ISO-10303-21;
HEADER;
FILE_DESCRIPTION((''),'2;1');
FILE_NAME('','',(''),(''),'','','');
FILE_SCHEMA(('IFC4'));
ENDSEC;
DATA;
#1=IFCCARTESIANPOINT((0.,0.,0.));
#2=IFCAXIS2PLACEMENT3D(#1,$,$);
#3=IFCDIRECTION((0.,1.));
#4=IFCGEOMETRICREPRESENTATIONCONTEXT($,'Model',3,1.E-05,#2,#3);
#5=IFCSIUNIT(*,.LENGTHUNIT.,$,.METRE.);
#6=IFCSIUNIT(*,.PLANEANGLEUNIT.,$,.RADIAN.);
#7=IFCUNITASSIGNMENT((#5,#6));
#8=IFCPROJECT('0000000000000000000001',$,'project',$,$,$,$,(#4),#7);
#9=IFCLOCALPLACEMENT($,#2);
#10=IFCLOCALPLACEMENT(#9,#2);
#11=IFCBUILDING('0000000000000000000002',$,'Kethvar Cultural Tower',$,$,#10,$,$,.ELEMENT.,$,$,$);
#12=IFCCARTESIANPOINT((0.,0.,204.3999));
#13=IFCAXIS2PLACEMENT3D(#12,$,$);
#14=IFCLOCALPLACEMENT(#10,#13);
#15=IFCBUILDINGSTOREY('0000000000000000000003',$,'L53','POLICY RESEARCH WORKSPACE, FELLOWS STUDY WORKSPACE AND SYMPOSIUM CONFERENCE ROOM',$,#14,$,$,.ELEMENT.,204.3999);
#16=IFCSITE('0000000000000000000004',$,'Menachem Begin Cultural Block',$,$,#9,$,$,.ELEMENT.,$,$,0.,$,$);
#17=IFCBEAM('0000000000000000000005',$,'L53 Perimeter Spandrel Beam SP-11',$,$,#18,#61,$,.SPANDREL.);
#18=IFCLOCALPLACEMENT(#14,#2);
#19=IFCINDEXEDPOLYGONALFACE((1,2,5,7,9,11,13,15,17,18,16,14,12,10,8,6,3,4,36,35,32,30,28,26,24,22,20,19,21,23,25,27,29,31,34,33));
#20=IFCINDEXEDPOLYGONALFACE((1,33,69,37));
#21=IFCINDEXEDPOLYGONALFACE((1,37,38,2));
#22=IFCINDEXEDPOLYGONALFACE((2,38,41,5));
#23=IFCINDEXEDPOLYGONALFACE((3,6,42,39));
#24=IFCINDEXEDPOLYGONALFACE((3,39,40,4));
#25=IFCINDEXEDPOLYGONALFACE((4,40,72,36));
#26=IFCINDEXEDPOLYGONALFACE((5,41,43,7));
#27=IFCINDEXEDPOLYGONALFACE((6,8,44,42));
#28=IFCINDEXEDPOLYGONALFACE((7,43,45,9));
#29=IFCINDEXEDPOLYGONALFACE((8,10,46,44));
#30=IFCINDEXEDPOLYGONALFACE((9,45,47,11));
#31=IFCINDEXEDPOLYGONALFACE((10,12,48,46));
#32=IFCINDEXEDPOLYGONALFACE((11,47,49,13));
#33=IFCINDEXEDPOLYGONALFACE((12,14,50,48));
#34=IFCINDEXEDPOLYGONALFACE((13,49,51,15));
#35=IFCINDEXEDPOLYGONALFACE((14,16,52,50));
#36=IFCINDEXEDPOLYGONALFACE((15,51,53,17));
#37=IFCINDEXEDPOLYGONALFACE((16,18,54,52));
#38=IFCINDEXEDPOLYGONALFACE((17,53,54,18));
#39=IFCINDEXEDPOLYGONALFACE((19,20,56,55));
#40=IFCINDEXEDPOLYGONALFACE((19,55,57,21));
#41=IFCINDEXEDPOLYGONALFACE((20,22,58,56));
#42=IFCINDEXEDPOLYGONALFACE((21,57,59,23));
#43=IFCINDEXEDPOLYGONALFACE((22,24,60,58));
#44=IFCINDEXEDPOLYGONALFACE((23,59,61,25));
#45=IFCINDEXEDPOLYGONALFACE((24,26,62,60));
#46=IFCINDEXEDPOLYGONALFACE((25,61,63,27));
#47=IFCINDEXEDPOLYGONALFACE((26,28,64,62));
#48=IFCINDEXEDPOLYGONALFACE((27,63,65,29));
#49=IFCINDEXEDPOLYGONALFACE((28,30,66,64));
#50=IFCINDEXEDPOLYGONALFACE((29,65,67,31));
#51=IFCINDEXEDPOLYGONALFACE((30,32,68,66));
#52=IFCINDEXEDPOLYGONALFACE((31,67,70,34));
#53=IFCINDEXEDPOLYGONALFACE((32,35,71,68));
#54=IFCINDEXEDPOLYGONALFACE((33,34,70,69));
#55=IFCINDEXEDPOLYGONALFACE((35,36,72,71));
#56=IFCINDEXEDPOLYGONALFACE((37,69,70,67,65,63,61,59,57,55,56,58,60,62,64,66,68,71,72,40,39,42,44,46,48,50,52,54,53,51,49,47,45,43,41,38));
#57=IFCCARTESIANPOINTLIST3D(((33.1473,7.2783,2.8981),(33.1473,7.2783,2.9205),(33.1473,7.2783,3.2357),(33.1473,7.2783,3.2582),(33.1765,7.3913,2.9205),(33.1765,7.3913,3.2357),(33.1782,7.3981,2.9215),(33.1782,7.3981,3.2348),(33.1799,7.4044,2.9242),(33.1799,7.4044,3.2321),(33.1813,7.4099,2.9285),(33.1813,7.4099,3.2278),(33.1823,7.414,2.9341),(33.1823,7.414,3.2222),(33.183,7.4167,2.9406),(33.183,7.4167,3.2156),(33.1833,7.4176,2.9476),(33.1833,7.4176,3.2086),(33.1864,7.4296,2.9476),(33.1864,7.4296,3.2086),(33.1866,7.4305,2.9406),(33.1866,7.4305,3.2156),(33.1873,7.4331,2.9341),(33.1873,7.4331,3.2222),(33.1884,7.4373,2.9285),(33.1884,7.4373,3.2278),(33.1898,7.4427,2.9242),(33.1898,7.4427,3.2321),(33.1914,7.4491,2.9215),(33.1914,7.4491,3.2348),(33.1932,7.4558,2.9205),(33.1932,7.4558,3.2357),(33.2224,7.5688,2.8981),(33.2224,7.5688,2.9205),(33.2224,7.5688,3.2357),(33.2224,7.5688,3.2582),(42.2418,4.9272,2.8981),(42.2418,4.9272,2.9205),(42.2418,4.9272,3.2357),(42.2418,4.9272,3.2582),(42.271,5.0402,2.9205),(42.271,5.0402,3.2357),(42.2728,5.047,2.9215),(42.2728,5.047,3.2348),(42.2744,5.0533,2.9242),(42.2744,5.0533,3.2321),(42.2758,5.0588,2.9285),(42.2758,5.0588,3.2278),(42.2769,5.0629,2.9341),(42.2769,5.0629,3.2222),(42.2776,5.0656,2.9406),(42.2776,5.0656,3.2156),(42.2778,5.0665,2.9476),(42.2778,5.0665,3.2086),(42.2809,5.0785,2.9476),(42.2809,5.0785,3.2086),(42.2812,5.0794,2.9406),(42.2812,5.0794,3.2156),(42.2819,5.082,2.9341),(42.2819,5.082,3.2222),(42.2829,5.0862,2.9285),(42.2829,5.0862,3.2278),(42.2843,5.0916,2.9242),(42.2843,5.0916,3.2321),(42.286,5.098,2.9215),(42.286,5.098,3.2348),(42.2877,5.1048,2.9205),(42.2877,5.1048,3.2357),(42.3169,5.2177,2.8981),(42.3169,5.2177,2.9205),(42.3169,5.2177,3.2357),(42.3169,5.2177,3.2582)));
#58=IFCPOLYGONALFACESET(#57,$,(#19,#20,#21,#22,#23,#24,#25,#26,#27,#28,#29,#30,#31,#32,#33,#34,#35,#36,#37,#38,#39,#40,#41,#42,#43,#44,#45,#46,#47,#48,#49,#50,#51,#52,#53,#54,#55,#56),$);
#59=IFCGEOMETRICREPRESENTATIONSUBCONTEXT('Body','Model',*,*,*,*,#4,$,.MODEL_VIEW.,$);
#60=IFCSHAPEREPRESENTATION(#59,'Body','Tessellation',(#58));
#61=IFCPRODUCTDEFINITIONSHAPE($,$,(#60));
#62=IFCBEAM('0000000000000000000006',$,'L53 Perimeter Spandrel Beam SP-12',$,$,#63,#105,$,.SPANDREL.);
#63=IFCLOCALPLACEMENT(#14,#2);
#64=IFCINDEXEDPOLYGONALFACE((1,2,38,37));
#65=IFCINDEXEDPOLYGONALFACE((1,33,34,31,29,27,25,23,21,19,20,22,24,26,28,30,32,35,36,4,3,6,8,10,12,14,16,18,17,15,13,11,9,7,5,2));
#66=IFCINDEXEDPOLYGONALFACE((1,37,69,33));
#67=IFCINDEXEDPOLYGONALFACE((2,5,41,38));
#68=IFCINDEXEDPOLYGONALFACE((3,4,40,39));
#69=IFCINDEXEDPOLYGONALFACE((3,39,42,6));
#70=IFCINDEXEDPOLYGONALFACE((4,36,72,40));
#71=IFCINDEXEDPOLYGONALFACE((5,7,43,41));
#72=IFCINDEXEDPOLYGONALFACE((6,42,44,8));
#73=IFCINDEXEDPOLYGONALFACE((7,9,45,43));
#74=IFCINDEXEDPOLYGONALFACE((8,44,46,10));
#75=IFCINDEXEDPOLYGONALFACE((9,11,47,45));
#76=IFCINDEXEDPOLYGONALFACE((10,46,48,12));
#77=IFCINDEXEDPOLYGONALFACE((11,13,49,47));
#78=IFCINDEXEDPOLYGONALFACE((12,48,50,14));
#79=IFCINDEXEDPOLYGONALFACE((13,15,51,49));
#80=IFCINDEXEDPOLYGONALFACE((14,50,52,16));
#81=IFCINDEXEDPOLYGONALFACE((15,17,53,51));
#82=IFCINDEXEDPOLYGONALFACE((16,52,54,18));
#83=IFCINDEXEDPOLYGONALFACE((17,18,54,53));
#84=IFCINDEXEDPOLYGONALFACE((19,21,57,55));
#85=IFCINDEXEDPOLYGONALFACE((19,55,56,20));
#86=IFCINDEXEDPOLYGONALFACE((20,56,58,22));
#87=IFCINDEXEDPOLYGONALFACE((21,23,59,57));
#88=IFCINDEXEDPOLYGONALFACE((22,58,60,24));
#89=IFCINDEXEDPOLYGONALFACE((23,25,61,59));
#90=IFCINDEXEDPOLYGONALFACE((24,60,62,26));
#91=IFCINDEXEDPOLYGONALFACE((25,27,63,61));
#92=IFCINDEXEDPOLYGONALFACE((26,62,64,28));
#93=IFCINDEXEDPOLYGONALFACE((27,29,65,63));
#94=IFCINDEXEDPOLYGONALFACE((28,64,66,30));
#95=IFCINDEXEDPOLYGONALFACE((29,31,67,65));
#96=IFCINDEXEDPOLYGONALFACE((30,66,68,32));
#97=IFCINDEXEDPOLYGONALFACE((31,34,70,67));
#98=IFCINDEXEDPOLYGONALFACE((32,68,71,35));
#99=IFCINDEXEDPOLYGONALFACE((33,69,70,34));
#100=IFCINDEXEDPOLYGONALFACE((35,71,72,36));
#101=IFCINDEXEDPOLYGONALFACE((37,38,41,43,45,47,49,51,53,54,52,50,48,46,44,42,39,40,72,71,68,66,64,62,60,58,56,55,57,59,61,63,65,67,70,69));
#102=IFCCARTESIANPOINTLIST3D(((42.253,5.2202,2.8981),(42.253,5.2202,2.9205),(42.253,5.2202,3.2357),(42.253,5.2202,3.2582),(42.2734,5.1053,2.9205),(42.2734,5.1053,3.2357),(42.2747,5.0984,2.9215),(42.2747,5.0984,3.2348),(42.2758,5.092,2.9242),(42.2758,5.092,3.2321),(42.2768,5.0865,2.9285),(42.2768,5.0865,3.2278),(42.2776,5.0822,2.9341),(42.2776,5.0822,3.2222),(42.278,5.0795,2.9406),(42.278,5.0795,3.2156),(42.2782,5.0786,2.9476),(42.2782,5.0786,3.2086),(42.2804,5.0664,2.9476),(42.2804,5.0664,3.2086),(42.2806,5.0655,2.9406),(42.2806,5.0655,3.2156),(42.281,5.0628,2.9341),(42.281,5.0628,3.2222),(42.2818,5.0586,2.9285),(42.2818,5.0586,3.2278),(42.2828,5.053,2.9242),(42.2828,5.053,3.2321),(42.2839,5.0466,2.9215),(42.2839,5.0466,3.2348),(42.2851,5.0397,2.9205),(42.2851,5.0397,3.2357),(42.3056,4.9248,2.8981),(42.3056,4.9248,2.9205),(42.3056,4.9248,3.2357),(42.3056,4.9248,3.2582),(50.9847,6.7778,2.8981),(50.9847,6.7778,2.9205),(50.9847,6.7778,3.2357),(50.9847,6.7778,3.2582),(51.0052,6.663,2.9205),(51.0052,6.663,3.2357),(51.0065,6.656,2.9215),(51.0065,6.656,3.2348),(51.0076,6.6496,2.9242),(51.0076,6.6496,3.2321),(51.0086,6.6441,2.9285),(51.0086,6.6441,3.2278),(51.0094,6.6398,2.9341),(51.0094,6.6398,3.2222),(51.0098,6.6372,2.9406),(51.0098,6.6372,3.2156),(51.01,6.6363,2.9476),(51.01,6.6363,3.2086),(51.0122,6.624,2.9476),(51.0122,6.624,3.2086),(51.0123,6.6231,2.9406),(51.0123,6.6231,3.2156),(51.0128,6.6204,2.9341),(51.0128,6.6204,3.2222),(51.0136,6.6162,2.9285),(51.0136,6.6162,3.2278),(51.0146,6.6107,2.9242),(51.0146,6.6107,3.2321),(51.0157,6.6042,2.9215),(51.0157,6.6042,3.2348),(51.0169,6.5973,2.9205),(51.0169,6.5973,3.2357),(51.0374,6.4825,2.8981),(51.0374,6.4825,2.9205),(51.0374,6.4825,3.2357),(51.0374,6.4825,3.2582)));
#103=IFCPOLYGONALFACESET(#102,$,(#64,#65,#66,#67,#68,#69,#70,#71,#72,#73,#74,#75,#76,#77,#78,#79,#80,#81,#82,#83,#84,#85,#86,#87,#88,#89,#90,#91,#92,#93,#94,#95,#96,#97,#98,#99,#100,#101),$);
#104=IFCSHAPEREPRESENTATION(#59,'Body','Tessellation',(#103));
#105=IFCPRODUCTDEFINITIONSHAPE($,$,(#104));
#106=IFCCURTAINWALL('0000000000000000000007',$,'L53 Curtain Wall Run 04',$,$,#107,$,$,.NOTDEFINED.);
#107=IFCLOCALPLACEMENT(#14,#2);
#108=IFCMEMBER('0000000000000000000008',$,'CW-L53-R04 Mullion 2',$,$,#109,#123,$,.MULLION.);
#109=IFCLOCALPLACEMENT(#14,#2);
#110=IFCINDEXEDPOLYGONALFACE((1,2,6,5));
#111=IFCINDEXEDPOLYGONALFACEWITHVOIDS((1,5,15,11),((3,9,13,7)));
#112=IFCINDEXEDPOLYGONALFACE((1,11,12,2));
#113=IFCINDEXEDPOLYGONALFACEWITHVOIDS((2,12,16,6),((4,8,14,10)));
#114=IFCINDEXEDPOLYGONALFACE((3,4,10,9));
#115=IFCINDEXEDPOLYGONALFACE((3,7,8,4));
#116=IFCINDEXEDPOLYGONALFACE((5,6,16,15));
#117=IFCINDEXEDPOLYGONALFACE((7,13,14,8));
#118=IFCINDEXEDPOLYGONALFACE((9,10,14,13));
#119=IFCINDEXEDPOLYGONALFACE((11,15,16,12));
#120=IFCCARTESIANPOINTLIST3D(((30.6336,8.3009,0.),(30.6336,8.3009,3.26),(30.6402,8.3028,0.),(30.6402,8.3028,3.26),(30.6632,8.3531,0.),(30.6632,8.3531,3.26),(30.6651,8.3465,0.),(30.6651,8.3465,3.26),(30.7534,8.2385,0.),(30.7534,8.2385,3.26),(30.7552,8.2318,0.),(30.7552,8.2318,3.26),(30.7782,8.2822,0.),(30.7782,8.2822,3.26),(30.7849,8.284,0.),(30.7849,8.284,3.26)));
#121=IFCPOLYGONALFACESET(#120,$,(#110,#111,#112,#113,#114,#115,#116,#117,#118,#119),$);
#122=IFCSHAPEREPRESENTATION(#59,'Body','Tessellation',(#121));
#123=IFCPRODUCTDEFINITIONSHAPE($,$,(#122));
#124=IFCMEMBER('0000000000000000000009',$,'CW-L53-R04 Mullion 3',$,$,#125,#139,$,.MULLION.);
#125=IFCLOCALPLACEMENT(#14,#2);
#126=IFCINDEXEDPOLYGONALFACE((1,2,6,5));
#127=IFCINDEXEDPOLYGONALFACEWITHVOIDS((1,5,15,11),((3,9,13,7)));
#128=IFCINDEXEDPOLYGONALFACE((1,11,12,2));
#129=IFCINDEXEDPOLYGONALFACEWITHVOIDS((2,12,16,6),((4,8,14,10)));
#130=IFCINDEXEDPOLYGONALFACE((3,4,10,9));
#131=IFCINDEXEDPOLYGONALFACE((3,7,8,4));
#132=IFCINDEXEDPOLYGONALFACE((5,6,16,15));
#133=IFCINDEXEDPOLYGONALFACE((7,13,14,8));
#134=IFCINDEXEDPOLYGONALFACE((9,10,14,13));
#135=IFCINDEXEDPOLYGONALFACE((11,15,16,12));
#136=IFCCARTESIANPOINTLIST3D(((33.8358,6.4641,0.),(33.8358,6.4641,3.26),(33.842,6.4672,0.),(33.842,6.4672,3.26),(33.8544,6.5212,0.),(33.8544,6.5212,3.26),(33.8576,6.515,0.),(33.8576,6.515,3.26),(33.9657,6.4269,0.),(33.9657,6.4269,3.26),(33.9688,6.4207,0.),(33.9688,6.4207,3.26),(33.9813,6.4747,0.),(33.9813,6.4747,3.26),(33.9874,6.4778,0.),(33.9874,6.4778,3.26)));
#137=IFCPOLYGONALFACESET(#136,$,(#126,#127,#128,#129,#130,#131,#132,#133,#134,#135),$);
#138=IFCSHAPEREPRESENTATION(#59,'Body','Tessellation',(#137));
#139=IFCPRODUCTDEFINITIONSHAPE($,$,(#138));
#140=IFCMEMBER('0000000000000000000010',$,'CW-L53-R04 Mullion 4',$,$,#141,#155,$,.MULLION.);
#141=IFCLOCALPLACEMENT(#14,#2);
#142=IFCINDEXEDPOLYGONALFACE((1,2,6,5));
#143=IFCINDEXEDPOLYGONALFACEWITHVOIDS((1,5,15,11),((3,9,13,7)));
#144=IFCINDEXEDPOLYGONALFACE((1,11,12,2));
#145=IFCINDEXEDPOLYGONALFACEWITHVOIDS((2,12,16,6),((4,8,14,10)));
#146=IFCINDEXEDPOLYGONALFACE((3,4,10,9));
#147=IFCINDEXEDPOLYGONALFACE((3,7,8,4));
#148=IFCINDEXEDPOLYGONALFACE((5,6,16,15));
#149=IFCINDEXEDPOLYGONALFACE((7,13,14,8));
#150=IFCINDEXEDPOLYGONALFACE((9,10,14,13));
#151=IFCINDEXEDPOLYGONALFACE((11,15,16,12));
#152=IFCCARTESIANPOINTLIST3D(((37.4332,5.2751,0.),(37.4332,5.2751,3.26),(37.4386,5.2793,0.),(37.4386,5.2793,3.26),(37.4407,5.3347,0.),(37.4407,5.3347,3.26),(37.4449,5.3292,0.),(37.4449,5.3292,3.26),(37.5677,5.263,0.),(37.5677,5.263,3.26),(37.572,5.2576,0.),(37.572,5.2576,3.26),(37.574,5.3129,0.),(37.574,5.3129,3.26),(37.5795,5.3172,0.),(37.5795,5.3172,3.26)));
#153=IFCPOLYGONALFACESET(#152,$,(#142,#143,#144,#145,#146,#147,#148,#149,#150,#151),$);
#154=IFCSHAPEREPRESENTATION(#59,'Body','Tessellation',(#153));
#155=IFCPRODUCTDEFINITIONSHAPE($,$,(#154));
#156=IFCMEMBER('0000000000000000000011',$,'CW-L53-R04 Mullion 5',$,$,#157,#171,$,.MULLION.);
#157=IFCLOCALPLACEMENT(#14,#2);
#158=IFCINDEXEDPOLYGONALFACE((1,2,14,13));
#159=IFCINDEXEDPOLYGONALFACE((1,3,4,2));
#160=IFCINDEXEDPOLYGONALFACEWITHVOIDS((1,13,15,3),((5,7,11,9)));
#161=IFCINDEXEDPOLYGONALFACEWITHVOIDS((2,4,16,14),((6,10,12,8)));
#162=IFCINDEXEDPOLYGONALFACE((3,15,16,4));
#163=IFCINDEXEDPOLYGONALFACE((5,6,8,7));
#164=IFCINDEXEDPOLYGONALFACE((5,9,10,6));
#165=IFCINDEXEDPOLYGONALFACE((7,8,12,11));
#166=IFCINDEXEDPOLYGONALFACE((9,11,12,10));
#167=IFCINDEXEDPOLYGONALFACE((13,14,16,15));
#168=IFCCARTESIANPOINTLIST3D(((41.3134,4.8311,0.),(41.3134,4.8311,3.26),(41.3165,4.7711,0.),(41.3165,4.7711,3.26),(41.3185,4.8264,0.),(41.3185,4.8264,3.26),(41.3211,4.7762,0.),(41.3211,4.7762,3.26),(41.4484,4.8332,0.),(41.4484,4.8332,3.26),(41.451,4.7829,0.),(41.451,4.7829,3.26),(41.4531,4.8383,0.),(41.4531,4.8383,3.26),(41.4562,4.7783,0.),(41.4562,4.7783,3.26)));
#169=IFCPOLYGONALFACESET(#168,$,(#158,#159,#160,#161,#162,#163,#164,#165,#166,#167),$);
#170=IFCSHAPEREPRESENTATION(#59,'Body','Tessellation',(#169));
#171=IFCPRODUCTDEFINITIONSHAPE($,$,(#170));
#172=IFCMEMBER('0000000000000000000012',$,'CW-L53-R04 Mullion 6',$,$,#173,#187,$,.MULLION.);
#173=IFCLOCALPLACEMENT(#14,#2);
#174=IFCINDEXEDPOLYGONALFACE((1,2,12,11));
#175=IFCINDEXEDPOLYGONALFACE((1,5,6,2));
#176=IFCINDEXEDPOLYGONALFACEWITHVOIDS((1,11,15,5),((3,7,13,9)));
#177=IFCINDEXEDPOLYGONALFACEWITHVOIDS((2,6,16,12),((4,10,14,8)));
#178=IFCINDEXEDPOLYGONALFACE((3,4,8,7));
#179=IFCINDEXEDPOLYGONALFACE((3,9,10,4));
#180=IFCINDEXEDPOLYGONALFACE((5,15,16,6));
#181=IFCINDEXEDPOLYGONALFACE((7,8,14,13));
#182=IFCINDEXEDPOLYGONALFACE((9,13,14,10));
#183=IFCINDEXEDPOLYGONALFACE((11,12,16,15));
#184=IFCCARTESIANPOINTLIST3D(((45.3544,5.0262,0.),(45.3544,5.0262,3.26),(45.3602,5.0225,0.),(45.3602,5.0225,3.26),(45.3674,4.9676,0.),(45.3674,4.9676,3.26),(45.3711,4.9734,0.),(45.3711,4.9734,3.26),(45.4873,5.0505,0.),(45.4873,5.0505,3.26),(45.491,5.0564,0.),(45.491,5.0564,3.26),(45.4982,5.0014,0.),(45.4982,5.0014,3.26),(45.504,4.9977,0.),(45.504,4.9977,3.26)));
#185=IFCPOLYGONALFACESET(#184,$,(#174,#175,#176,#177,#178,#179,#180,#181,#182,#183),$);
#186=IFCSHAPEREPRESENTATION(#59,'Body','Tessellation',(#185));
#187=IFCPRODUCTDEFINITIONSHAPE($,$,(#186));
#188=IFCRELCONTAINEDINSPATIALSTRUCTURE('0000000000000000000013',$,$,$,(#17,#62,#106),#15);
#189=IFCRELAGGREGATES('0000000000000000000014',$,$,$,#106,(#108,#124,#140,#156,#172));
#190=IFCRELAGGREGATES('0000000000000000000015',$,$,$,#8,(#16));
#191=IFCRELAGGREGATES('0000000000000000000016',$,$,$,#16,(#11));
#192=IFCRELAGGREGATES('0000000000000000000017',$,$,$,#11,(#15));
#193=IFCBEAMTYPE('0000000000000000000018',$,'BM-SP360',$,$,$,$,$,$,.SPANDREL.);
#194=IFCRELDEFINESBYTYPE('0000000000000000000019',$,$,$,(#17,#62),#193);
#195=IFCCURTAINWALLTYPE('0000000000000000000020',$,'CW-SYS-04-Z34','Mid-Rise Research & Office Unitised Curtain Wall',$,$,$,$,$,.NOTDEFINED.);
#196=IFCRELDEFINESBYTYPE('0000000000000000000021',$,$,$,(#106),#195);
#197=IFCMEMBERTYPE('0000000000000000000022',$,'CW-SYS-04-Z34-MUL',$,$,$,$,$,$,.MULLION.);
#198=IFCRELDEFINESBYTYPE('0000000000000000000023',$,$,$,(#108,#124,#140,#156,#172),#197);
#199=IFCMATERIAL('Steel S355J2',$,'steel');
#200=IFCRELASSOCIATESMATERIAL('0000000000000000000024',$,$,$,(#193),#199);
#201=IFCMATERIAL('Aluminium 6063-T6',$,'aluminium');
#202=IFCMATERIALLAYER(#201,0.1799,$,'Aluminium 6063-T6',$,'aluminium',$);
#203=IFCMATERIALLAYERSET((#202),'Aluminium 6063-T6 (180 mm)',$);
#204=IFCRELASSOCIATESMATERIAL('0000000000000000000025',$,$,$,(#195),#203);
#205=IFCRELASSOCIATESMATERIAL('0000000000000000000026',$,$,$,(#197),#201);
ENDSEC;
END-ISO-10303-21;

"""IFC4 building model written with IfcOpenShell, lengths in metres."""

from ifc_helpers import new_model, si_unit, direction, frame, origin, origin_2d, place, context, subcontext, project, spatial, hollow_rectangle, i_section, extrude, source, transform, mapped, material, layer, layer_set, material_profile, profile_set, type_object, element, aggregate, save


model = new_model("IFC4")

# Units and contexts
model_context = context("Model", 3, precision=1e-05, world=origin(), true_north=direction((0.0, 1.0)))
body_context = subcontext(model_context, "Body", "Model", "MODEL_VIEW")
ifc_project = project(units=[si_unit("LENGTHUNIT", "METRE"), si_unit("PLANEANGLEUNIT", "RADIAN")], contexts=[model_context])

# Site, building, storey
site_placement = place(None, origin())
site = spatial("IfcSite", under=ifc_project, at=site_placement, Name="Menachem Begin Cultural Block", CompositionType="ELEMENT", RefElevation=0.0)
building_placement = place(site_placement, origin())
building = spatial("IfcBuilding", under=site, at=building_placement, Name="Kethvar Cultural Tower", CompositionType="ELEMENT")
storey_placement = place(building_placement, frame((0.0, 0.0, 204.3999)))
storey = spatial("IfcBuildingStorey", under=building, at=storey_placement, Name="L53", Description="POLICY RESEARCH WORKSPACE, FELLOWS STUDY WORKSPACE AND SYMPOSIUM CONFERENCE ROOM", CompositionType="ELEMENT", Elevation=204.3999)

# Beams
ifc_material_1 = material(Name="Steel S355J2", Category="steel")
ifc_material_profile_1 = material_profile(ifc_material_1, i_section(OverallWidth=0.3, OverallDepth=0.3601, WebThickness=0.0125, FlangeThickness=0.0225, FilletRadius=0.0271, at=origin_2d()), Name="Steel S355J2 — HEB360")
ifc_profile_set_1 = profile_set([ifc_material_profile_1], Name="Steel S355J2 — HEB360")
beam_type_1 = type_object("IfcBeamType", Name="BM-SP360", PredefinedType="SPANDREL", material=ifc_profile_set_1)
shared_shape_1 = source(origin(), body_context, "Body", "SweptSolid", [
    extrude(i_section(OverallWidth=0.3, OverallDepth=0.3601, WebThickness=0.0125, FlangeThickness=0.0225, FilletRadius=0.0271, at=origin_2d()), origin(), (0.0, 0.0, 1.0), 9.3936),
])
beam_1_placement = place(storey_placement, frame((33.1848, 7.4236, 3.0781), z_axis=(0.968171, -0.250288, 0.0), x_axis=(0.250288, 0.968171, 0.0)))
element("IfcBeam", 1, at=beam_1_placement, inside=storey, type_object=beam_type_1, Name="L53 Perimeter Spandrel Beam SP-11", PredefinedType="SPANDREL", context=body_context, shape_type="MappedRepresentation", body=[
    mapped(shared_shape_1, transform((0.0, 0.0, 0.0), scale=1.0)),
])
shared_shape_2 = source(origin(), body_context, "Body", "SweptSolid", [
    extrude(i_section(OverallWidth=0.3, OverallDepth=0.3601, WebThickness=0.0125, FlangeThickness=0.0225, FilletRadius=0.0271, at=origin_2d()), origin(), (0.0, 0.0, 1.0), 8.8696),
])
beam_2_placement = place(storey_placement, frame((42.2793, 5.0725, 3.0781), z_axis=(0.984459, 0.175614, 0.0), x_axis=(-0.175614, 0.984459, 0.0)))
element("IfcBeam", 2, at=beam_2_placement, inside=storey, type_object=beam_type_1, Name="L53 Perimeter Spandrel Beam SP-12", PredefinedType="SPANDREL", context=body_context, shape_type="MappedRepresentation", body=[
    mapped(shared_shape_2, transform((0.0, 0.0, 0.0), scale=1.0)),
])

# Curtain wall, members
ifc_material_2 = material(Name="Aluminium 6063-T6", Category="aluminium")
ifc_layer_1 = layer(ifc_material_2, 0.1799, Name="Aluminium 6063-T6", Category="aluminium")
ifc_layer_set_1 = layer_set([ifc_layer_1], Name="Aluminium 6063-T6 (180 mm)")
curtain_wall_type = type_object("IfcCurtainWallType", Name="CW-SYS-04-Z34", Description="Mid-Rise Research & Office Unitised Curtain Wall", PredefinedType="NOTDEFINED", material=ifc_layer_set_1)
curtain_wall_placement = place(storey_placement, origin())
curtain_wall = element("IfcCurtainWall", 3, at=curtain_wall_placement, inside=storey, type_object=curtain_wall_type, Name="L53 Curtain Wall Run 04", PredefinedType="NOTDEFINED")
ifc_material_profile_2 = material_profile(ifc_material_2, hollow_rectangle(XDim=0.0601, YDim=0.1399, WallThickness=0.0049, at=origin_2d()), Name="Aluminium 6063-T6 — RHS140x60x5")
ifc_profile_set_2 = profile_set([ifc_material_profile_2], Name="Aluminium 6063-T6 — RHS140x60x5")
member_type_1 = type_object("IfcMemberType", Name="CW-SYS-04-Z34-MUL", PredefinedType="MULLION", material=ifc_profile_set_2)
shared_shape_3 = source(origin(), body_context, "Body", "SweptSolid", [
    extrude(hollow_rectangle(XDim=0.0601, YDim=0.1399, WallThickness=0.0049, at=origin_2d()), origin(), (0.0, 0.0, 1.0), 3.26),
])
member_1_placement = place(storey_placement, frame((30.7092, 8.2925, 0.0), z_axis=(0.0, 0.0, 1.0), x_axis=(0.493942, 0.869495, 0.0)))
member_1 = element("IfcMember", 4, at=member_1_placement, type_object=member_type_1, Name="CW-L53-R04 Mullion 2", PredefinedType="MULLION", context=body_context, shape_type="MappedRepresentation", body=[
    mapped(shared_shape_3, transform((0.0, 0.0, 0.0), scale=1.0)),
])
member_2_placement = place(storey_placement, frame((33.9116, 6.4709, 0.0), z_axis=(0.0, 0.0, 1.0), x_axis=(0.310146, 0.950689, 0.0)))
member_2 = element("IfcMember", 5, at=member_2_placement, type_object=member_type_1, Name="CW-L53-R04 Mullion 3", PredefinedType="MULLION", context=body_context, shape_type="MappedRepresentation", body=[
    mapped(shared_shape_3, transform((0.0, 0.0, 0.0), scale=1.0)),
])
member_3_placement = place(storey_placement, frame((37.5063, 5.2961, 0.0), z_axis=(0.0, 0.0, 1.0), x_axis=(0.125299, 0.992119, 0.0)))
member_3 = element("IfcMember", 6, at=member_3_placement, type_object=member_type_1, Name="CW-L53-R04 Mullion 4", PredefinedType="MULLION", context=body_context, shape_type="MappedRepresentation", body=[
    mapped(shared_shape_3, transform((0.0, 0.0, 0.0), scale=1.0)),
])
member_4_placement = place(storey_placement, frame((41.3848, 4.8047, 0.0), z_axis=(0.0, 0.0, 1.0), x_axis=(-0.051569, 0.998669, 0.0)))
member_4 = element("IfcMember", 7, at=member_4_placement, type_object=member_type_1, Name="CW-L53-R04 Mullion 5", PredefinedType="MULLION", context=body_context, shape_type="MappedRepresentation", body=[
    mapped(shared_shape_3, transform((0.0, 0.0, 0.0), scale=1.0)),
])
member_5_placement = place(storey_placement, frame((45.4292, 5.012, 0.0), z_axis=(0.0, 0.0, 1.0), x_axis=(-0.215468, 0.976511, 0.0)))
member_5 = element("IfcMember", 8, at=member_5_placement, type_object=member_type_1, Name="CW-L53-R04 Mullion 6", PredefinedType="MULLION", context=body_context, shape_type="MappedRepresentation", body=[
    mapped(shared_shape_3, transform((0.0, 0.0, 0.0), scale=1.0)),
])
aggregate(curtain_wall, [member_1, member_2, member_3, member_4, member_5])

save(model, "model.ifc")
